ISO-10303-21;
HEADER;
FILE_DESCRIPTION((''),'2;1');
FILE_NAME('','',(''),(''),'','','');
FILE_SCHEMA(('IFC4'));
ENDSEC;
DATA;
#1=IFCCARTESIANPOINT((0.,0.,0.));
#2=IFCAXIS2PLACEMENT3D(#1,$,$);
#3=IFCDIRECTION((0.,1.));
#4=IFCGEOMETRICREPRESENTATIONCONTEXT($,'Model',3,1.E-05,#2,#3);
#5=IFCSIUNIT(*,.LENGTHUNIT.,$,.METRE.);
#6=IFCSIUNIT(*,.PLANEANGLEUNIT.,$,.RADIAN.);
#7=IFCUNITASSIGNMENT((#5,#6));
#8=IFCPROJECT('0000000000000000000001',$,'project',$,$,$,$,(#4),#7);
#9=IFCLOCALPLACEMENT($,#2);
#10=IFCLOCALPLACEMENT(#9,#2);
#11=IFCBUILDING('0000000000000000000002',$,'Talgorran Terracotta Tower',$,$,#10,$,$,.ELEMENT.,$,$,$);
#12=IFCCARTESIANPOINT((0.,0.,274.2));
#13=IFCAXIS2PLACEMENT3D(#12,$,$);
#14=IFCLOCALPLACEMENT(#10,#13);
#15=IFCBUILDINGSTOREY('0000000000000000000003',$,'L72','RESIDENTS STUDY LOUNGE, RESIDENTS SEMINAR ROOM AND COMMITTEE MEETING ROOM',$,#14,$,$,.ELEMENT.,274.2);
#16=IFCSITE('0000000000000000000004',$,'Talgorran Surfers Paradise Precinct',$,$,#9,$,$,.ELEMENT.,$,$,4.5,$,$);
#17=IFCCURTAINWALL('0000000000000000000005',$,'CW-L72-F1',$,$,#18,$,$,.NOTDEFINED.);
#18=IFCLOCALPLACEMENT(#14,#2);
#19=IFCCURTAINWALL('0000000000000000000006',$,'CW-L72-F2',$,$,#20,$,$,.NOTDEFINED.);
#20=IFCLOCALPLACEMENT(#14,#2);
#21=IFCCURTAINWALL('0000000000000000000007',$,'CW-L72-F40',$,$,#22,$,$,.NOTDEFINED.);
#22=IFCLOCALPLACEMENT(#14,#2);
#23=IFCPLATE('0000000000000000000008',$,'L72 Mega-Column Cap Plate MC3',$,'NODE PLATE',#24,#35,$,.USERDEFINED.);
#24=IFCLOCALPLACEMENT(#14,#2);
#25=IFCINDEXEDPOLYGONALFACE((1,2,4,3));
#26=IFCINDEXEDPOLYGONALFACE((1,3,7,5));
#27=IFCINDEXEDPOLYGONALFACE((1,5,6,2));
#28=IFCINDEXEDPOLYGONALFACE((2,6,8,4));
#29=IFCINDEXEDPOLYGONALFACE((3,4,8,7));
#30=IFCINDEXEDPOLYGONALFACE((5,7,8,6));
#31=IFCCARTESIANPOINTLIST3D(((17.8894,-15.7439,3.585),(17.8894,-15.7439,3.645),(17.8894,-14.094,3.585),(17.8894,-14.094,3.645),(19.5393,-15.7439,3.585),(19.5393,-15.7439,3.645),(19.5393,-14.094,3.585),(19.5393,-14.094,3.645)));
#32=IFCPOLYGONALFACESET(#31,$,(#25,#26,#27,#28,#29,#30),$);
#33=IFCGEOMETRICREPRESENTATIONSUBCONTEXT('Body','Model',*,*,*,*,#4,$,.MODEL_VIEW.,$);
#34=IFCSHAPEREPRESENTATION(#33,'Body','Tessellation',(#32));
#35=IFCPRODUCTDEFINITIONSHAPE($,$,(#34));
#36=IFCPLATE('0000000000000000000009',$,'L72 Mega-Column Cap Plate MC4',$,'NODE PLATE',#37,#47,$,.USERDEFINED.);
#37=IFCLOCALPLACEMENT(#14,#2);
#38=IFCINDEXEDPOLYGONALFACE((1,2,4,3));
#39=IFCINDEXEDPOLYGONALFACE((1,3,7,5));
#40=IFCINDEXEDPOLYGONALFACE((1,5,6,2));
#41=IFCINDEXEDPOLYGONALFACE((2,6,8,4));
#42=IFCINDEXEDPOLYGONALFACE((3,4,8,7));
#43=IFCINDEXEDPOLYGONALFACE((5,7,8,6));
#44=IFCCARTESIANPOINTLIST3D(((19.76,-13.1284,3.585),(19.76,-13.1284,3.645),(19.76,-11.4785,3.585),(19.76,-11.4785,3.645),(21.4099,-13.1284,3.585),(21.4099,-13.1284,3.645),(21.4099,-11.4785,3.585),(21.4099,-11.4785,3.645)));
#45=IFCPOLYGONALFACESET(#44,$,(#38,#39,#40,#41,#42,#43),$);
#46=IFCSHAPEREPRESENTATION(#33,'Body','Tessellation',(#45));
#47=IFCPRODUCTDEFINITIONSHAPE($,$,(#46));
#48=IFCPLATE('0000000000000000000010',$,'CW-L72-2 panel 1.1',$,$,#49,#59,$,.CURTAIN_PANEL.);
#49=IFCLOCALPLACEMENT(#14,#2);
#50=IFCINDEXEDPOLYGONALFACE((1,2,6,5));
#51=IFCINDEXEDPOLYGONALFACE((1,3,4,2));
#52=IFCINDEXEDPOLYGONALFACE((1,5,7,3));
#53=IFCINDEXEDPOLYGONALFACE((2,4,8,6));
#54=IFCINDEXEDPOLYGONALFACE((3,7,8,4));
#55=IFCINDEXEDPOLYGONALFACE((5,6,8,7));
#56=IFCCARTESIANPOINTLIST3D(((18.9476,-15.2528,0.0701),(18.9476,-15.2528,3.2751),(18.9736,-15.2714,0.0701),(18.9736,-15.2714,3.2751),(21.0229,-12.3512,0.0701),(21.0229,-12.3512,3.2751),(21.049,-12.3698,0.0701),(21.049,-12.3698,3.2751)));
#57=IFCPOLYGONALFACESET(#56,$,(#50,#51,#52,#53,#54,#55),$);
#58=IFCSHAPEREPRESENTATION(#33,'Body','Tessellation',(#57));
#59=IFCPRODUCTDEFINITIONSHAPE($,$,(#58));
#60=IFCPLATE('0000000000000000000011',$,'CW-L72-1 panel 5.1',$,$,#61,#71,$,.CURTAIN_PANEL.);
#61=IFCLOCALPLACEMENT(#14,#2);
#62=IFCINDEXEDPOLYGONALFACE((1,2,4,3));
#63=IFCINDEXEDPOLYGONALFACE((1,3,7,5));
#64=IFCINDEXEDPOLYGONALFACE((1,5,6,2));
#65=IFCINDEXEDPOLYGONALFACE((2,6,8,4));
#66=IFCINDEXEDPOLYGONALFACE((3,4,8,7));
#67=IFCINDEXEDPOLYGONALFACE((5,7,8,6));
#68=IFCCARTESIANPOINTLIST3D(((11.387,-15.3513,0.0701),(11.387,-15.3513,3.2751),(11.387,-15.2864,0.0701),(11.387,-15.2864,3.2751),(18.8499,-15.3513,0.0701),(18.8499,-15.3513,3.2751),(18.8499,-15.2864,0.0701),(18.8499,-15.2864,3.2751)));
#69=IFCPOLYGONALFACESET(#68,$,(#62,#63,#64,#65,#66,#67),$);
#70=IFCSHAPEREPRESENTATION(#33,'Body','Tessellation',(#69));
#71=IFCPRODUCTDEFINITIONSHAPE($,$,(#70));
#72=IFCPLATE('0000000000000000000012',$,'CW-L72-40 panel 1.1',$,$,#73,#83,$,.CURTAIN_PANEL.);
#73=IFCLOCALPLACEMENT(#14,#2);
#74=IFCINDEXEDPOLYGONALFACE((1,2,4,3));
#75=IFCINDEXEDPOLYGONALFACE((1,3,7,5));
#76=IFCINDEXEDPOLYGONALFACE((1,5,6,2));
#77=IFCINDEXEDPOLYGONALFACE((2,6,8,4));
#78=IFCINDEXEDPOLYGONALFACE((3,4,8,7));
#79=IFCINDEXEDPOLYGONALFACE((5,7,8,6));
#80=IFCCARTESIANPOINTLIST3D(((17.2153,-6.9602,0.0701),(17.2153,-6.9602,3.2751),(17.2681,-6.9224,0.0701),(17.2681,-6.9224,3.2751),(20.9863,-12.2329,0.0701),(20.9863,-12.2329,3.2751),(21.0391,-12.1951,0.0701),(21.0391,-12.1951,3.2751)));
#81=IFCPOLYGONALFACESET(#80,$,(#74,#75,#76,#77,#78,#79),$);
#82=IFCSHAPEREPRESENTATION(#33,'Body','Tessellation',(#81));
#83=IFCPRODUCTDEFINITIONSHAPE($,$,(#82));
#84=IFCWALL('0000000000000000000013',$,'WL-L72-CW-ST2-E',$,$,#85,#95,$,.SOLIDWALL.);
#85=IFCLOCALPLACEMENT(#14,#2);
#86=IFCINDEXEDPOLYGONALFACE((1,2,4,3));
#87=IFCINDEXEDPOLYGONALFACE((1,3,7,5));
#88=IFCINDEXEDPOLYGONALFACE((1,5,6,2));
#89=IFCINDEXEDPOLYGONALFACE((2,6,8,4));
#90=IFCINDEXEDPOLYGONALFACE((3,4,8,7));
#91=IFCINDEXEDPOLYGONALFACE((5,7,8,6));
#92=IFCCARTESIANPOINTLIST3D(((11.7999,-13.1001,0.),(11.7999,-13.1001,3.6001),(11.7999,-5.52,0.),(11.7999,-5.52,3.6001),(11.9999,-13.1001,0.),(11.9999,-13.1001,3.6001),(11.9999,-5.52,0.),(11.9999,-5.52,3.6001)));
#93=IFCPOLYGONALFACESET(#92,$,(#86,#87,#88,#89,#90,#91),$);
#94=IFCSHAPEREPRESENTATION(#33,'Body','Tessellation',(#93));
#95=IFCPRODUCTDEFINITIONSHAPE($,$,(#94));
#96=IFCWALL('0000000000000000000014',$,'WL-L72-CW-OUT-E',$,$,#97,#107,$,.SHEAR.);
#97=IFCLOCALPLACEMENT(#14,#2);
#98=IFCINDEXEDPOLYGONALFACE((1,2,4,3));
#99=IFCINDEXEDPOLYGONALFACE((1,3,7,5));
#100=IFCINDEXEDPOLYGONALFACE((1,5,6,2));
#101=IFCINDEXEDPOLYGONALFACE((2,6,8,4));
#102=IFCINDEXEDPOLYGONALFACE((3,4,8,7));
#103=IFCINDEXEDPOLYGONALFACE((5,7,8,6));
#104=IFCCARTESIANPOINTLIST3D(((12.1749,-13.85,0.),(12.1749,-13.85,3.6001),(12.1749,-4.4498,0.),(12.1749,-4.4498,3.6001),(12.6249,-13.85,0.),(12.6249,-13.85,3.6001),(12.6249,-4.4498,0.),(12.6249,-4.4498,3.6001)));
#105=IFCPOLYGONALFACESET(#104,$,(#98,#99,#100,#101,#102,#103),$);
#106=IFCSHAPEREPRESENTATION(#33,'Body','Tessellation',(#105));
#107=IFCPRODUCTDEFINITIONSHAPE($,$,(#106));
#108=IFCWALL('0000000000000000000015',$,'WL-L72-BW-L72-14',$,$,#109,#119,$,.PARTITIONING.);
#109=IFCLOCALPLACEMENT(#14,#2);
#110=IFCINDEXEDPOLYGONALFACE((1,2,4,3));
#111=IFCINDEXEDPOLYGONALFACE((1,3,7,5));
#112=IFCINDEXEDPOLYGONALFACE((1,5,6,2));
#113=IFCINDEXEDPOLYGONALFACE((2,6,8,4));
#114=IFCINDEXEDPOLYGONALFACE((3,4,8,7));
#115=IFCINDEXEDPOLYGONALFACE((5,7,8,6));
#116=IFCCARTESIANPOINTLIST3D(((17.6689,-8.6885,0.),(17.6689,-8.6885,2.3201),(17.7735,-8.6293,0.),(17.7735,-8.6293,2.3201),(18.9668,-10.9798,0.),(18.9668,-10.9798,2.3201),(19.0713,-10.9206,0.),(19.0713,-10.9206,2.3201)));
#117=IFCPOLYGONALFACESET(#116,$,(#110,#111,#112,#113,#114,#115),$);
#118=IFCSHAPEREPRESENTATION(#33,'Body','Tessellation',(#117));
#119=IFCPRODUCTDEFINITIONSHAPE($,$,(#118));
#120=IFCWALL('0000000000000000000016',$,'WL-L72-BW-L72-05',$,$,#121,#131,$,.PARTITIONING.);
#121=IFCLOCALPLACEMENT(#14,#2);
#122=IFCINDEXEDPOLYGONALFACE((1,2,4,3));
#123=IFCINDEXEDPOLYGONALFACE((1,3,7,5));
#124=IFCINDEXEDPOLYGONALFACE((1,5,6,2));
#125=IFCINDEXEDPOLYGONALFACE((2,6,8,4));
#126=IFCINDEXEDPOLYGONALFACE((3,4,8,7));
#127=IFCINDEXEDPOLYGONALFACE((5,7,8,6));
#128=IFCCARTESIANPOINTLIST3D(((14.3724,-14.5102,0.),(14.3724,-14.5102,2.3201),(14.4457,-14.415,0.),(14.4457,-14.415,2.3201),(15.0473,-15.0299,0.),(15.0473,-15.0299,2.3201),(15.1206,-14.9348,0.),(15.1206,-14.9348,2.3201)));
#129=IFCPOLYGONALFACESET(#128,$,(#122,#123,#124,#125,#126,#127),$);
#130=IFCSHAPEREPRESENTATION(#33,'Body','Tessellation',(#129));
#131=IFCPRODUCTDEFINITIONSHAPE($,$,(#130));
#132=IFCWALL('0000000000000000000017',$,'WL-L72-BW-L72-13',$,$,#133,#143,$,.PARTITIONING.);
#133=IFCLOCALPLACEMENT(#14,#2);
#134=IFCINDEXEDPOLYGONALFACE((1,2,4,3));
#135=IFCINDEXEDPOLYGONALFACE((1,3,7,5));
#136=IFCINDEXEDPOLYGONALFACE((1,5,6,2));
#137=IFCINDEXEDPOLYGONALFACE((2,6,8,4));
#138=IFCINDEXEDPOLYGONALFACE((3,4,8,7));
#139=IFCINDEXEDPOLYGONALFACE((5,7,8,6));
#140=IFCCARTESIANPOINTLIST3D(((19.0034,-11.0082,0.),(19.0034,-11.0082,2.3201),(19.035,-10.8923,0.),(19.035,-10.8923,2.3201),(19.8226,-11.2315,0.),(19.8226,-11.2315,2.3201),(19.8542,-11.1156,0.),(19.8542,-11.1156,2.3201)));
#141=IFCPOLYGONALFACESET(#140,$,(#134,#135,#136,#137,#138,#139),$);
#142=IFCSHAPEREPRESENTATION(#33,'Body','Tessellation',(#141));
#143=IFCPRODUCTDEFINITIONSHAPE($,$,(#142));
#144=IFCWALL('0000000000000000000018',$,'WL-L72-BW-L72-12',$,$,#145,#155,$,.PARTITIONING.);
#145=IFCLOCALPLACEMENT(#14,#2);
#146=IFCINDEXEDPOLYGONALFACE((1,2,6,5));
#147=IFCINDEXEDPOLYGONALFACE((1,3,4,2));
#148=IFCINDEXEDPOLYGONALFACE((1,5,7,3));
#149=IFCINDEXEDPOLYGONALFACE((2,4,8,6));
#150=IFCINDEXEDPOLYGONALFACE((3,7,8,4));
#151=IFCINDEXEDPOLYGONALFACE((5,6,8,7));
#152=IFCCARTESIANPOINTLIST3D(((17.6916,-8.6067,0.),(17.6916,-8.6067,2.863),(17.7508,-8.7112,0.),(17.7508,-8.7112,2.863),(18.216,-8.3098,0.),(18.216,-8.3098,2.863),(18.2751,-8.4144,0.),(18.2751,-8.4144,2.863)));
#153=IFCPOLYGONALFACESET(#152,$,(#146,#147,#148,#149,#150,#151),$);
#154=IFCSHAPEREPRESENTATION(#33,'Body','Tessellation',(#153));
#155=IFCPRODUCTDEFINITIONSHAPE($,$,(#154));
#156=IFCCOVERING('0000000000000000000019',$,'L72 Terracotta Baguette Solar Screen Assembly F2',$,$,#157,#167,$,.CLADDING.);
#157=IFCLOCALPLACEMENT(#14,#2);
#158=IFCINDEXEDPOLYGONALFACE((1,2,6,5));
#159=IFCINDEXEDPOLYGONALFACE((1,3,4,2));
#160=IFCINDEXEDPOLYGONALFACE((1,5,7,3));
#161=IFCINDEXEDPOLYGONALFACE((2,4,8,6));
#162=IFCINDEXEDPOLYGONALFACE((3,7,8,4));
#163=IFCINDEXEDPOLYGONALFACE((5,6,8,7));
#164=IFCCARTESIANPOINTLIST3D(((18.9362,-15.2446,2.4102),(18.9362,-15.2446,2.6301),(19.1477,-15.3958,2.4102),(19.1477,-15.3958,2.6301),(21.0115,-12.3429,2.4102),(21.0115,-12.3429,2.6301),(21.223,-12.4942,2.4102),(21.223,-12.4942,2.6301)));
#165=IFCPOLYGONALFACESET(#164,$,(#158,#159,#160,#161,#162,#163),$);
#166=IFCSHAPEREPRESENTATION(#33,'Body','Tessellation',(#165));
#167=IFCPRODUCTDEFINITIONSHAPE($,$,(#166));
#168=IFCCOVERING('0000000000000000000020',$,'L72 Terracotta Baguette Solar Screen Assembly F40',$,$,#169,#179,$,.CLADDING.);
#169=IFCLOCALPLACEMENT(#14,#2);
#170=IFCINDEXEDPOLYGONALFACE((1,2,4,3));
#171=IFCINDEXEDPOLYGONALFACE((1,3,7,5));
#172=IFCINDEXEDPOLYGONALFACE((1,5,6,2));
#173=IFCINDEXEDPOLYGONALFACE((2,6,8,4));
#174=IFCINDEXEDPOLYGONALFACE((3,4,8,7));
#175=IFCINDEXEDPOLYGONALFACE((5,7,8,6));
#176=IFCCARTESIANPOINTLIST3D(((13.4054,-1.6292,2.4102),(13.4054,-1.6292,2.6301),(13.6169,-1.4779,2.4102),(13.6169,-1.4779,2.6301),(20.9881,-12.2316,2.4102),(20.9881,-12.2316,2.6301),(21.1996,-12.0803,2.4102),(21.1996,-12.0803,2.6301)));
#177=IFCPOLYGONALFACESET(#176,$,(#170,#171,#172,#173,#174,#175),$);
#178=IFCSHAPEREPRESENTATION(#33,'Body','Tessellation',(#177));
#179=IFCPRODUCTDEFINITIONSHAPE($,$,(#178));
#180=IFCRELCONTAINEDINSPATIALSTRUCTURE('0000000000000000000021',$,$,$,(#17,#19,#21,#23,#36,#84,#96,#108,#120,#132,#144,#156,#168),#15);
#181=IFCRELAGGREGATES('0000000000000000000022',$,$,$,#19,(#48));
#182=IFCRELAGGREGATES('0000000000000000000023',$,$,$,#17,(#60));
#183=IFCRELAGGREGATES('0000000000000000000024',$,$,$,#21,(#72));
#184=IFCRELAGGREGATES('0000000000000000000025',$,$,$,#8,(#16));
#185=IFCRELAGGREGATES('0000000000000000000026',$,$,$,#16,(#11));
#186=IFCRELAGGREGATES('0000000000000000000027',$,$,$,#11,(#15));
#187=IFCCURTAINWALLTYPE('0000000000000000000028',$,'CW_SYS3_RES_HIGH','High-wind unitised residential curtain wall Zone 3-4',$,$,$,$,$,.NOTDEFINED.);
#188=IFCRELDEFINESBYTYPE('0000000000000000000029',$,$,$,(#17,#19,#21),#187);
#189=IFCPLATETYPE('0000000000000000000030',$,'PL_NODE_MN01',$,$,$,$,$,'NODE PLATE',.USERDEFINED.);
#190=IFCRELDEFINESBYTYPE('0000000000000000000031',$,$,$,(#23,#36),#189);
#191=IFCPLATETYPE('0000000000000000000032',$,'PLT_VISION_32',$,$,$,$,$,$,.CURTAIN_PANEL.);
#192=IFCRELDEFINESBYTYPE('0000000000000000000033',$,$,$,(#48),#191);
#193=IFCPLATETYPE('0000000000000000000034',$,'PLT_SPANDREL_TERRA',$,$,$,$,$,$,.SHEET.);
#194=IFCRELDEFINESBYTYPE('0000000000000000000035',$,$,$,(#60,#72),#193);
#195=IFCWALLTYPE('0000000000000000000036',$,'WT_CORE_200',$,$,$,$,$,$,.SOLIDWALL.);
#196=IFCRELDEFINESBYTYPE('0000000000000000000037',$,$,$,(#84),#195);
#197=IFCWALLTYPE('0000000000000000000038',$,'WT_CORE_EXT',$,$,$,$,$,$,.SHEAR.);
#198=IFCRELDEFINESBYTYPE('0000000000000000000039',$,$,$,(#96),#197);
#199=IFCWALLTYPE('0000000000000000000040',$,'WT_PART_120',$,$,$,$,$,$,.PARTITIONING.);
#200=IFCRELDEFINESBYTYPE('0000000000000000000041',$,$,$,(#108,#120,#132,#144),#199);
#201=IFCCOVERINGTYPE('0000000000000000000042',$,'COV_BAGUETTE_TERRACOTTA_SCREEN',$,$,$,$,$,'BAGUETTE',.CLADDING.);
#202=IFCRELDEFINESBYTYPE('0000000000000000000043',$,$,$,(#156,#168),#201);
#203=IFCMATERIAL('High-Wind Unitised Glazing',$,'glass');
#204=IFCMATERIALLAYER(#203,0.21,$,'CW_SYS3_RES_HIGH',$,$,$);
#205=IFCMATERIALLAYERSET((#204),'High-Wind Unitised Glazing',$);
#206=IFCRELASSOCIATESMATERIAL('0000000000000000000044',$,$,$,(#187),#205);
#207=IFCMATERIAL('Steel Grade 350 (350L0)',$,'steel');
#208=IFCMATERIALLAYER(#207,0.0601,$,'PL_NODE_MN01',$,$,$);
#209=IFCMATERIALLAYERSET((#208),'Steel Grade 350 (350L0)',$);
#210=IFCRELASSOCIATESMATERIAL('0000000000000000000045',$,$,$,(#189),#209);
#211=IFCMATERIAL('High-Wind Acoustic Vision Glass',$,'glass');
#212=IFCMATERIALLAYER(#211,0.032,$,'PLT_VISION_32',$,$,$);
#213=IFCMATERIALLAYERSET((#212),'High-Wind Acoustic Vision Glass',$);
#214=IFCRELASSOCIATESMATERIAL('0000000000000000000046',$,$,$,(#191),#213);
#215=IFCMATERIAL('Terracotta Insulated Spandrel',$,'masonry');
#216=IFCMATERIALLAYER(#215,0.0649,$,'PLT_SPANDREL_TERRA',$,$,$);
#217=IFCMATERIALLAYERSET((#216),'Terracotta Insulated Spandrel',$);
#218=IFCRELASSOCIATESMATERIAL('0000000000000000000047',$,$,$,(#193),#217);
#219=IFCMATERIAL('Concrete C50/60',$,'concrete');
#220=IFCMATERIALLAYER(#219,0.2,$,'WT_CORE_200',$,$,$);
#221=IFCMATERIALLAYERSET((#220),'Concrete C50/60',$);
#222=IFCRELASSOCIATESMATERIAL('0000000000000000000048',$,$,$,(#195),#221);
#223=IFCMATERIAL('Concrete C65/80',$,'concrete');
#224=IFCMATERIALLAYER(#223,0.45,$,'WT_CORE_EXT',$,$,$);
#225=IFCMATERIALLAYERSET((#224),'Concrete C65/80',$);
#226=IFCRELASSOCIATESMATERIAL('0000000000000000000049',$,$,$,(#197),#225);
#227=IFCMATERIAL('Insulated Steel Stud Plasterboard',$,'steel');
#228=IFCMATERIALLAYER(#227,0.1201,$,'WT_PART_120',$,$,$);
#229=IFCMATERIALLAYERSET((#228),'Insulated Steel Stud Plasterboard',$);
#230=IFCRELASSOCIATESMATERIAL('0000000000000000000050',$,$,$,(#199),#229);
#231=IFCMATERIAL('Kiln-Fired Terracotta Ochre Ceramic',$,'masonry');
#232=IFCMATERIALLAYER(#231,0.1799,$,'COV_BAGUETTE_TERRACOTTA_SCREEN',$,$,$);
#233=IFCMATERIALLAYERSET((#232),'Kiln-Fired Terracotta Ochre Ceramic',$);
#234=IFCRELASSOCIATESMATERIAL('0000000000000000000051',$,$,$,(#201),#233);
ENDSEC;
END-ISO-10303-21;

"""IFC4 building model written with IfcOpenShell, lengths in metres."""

from ifc_helpers import new_model, si_unit, direction, frame, frame_2d, origin, origin_2d, place, context, subcontext, project, spatial, rectangle, extrude, source, transform, mapped, material, layer, layer_set, type_object, type_shapes, element, aggregate, save


model = new_model("IFC4")

# Units and contexts
model_context = context("Model", 3, precision=1e-05, world=origin(), true_north=direction((0.0, 1.0)))
body_context = subcontext(model_context, "Body", "Model", "MODEL_VIEW")
ifc_project = project(units=[si_unit("LENGTHUNIT", "METRE"), si_unit("PLANEANGLEUNIT", "RADIAN")], contexts=[model_context])

# Site, building, storey
site_placement = place(None, origin())
site = spatial("IfcSite", under=ifc_project, at=site_placement, Name="Talgorran Surfers Paradise Precinct", CompositionType="ELEMENT", RefElevation=4.5)
building_placement = place(site_placement, origin())
building = spatial("IfcBuilding", under=site, at=building_placement, Name="Talgorran Terracotta Tower", CompositionType="ELEMENT")
storey_placement = place(building_placement, frame((0.0, 0.0, 274.2)))
storey = spatial("IfcBuildingStorey", under=building, at=storey_placement, Name="L72", Description="RESIDENTS STUDY LOUNGE, RESIDENTS SEMINAR ROOM AND COMMITTEE MEETING ROOM", CompositionType="ELEMENT", Elevation=274.2)

# Shared definitions
ifc_material_1 = material(Name="Steel Grade 350 (350L0)", Category="steel")

# Curtain wall
ifc_material_2 = material(Name="High-Wind Unitised Glazing", Category="glass")
ifc_layer_1 = layer(ifc_material_2, 0.21, Name="CW_SYS3_RES_HIGH")
ifc_layer_set_1 = layer_set([ifc_layer_1], Name="High-Wind Unitised Glazing")
curtain_wall_type = type_object("IfcCurtainWallType", Name="CW_SYS3_RES_HIGH", Description="High-wind unitised residential curtain wall Zone 3-4", PredefinedType="NOTDEFINED", material=ifc_layer_set_1)
curtain_wall_1_placement = place(storey_placement, origin())
curtain_wall_1 = element("IfcCurtainWall", 1, at=curtain_wall_1_placement, inside=storey, type_object=curtain_wall_type, Name="CW-L72-F1", PredefinedType="NOTDEFINED")

# Curtain walls
curtain_wall_2_placement = place(storey_placement, origin())
curtain_wall_2 = element("IfcCurtainWall", 2, at=curtain_wall_2_placement, inside=storey, type_object=curtain_wall_type, Name="CW-L72-F2", PredefinedType="NOTDEFINED")
curtain_wall_3_placement = place(storey_placement, origin())
curtain_wall_3 = element("IfcCurtainWall", 3, at=curtain_wall_3_placement, inside=storey, type_object=curtain_wall_type, Name="CW-L72-F40", PredefinedType="NOTDEFINED")

# Plates
ifc_layer_2 = layer(ifc_material_1, 0.0601, Name="PL_NODE_MN01")
ifc_layer_set_2 = layer_set([ifc_layer_2], Name="Steel Grade 350 (350L0)")
plate_type_1 = type_object("IfcPlateType", Name="PL_NODE_MN01", ElementType="NODE PLATE", PredefinedType="USERDEFINED", material=ifc_layer_set_2)
for number, where, z_axis, x_axis, name in (
    (4, (18.7144, -14.9189, 3.585), (0.0, 0.0, 1.0), (1.0, 0.0, 0.0), "L72 Mega-Column Cap Plate MC3"),
    (5, (20.585, -12.3035, 3.585), (0.0, 0.0, 1.0), (1.0, 0.0, 0.0), "L72 Mega-Column Cap Plate MC4"),
):
    element("IfcPlate", number, at=place(storey_placement, frame(where, z_axis=z_axis, x_axis=x_axis)), inside=storey, type_object=plate_type_1, Name=name, ObjectType="NODE PLATE", PredefinedType="USERDEFINED", context=body_context, shape_type="SweptSolid", body=[
        extrude(rectangle(XDim=1.6499, YDim=1.6499, at=origin_2d()), origin(), (0.0, 0.0, 1.0), 0.0601),
    ])

# Plates
ifc_material_3 = material(Name="High-Wind Acoustic Vision Glass", Category="glass")
ifc_layer_3 = layer(ifc_material_3, 0.032, Name="PLT_VISION_32")
ifc_layer_set_3 = layer_set([ifc_layer_3], Name="High-Wind Acoustic Vision Glass")
plate_type_2 = type_object("IfcPlateType", Name="PLT_VISION_32", PredefinedType="CURTAIN_PANEL", material=ifc_layer_set_3)
shared_shape_1 = source(origin(), body_context, "Body", "SweptSolid", [
    extrude(rectangle(XDim=3.5674, YDim=0.032, at=origin_2d()), origin(), (0.0, 0.0, 1.0), 3.2051),
])
type_shapes(plate_type_2, [shared_shape_1])
plate_1_placement = place(storey_placement, frame((19.9983, -13.8113, 0.0701), z_axis=(0.0, 0.0, 1.0), x_axis=(0.581746, 0.813371, 0.0)))
plate_1 = element("IfcPlate", 6, at=plate_1_placement, type_object=plate_type_2, Name="CW-L72-2 panel 1.1", PredefinedType="CURTAIN_PANEL", context=body_context, shape_type="MappedRepresentation", body=[
    mapped(shared_shape_1, transform((0.0, 0.0, 0.0), scale=1.0)),
])
aggregate(curtain_wall_2, [plate_1])
ifc_material_4 = material(Name="Terracotta Insulated Spandrel", Category="masonry")
ifc_layer_4 = layer(ifc_material_4, 0.0649, Name="PLT_SPANDREL_TERRA")
ifc_layer_set_4 = layer_set([ifc_layer_4], Name="Terracotta Insulated Spandrel")
plate_type_3 = type_object("IfcPlateType", Name="PLT_SPANDREL_TERRA", PredefinedType="SHEET", material=ifc_layer_set_4)
shared_shape_2 = source(origin(), body_context, "Body", "SweptSolid", [
    extrude(rectangle(XDim=7.4629, YDim=0.0649, at=origin_2d()), origin(), (0.0, 0.0, 1.0), 3.2051),
])
plate_2_placement = place(storey_placement, frame((15.1184, -15.3188, 0.0701), z_axis=(0.0, 0.0, 1.0), x_axis=(1.0, 0.0, 0.0)))
plate_2 = element("IfcPlate", 7, at=plate_2_placement, type_object=plate_type_3, Name="CW-L72-1 panel 5.1", PredefinedType="CURTAIN_PANEL", context=body_context, shape_type="MappedRepresentation", body=[
    mapped(shared_shape_2, transform((0.0, 0.0, 0.0), scale=1.0)),
])
aggregate(curtain_wall_1, [plate_2])
shared_shape_3 = source(origin(), body_context, "Body", "SweptSolid", [
    extrude(rectangle(XDim=6.4824, YDim=0.0649, at=origin_2d()), origin(), (0.0, 0.0, 1.0), 3.2051),
])
type_shapes(plate_type_3, [shared_shape_2, shared_shape_3])
plate_3_placement = place(storey_placement, frame((19.1272, -9.5776, 0.0701), z_axis=(0.0, 0.0, 1.0), x_axis=(-0.581729, 0.813383, 0.0)))
plate_3 = element("IfcPlate", 8, at=plate_3_placement, type_object=plate_type_3, Name="CW-L72-40 panel 1.1", PredefinedType="CURTAIN_PANEL", context=body_context, shape_type="MappedRepresentation", body=[
    mapped(shared_shape_3, transform((0.0, 0.0, 0.0), scale=1.0)),
])
aggregate(curtain_wall_3, [plate_3])

# Walls
ifc_material_5 = material(Name="Concrete C50/60", Category="concrete")
ifc_layer_5 = layer(ifc_material_5, 0.2, Name="WT_CORE_200")
ifc_layer_set_5 = layer_set([ifc_layer_5], Name="Concrete C50/60")
wall_type_1 = type_object("IfcWallType", Name="WT_CORE_200", PredefinedType="SOLIDWALL", material=ifc_layer_set_5)
wall_1_placement = place(storey_placement, frame((11.8999, -13.1001, 0.0), z_axis=(0.0, 0.0, 1.0), x_axis=(0.0, 1.0, 0.0)))
element("IfcWall", 9, at=wall_1_placement, inside=storey, type_object=wall_type_1, Name="WL-L72-CW-ST2-E", PredefinedType="SOLIDWALL", context=body_context, shape_type="SweptSolid", body=[
    extrude(rectangle(XDim=7.5801, YDim=0.2, at=frame_2d((3.79, 0.0))), origin(), (0.0, 0.0, 1.0), 3.6001),
])
ifc_material_6 = material(Name="Concrete C65/80", Category="concrete")
ifc_layer_6 = layer(ifc_material_6, 0.45, Name="WT_CORE_EXT")
ifc_layer_set_6 = layer_set([ifc_layer_6], Name="Concrete C65/80")
wall_type_2 = type_object("IfcWallType", Name="WT_CORE_EXT", PredefinedType="SHEAR", material=ifc_layer_set_6)
wall_2_placement = place(storey_placement, frame((12.3999, -13.8501, 0.0), z_axis=(0.0, 0.0, 1.0), x_axis=(0.0, 1.0, 0.0)))
element("IfcWall", 10, at=wall_2_placement, inside=storey, type_object=wall_type_2, Name="WL-L72-CW-OUT-E", PredefinedType="SHEAR", context=body_context, shape_type="SweptSolid", body=[
    extrude(rectangle(XDim=9.4001, YDim=0.45, at=frame_2d((4.7002, 0.0))), origin(), (0.0, 0.0, 1.0), 3.6001),
])
ifc_material_7 = material(Name="Insulated Steel Stud Plasterboard", Category="steel")
ifc_layer_7 = layer(ifc_material_7, 0.1201, Name="WT_PART_120")
ifc_layer_set_7 = layer_set([ifc_layer_7], Name="Insulated Steel Stud Plasterboard")
wall_type_3 = type_object("IfcWallType", Name="WT_PART_120", PredefinedType="PARTITIONING", material=ifc_layer_set_7)
wall_3_placement = place(storey_placement, frame((19.019, -10.9502, 0.0), z_axis=(0.0, 0.0, 1.0), x_axis=(-0.492861, 0.870108, 0.0)))
element("IfcWall", 11, at=wall_3_placement, inside=storey, type_object=wall_type_3, Name="WL-L72-BW-L72-14", PredefinedType="PARTITIONING", context=body_context, shape_type="SweptSolid", body=[
    extrude(rectangle(XDim=2.6333, YDim=0.1201, at=frame_2d((1.3167, 0.0))), origin(), (0.0, 0.0, 1.0), 2.3201),
])
wall_4_placement = place(storey_placement, frame((14.4092, -14.4626, 0.0), z_axis=(0.0, 0.0, 1.0), x_axis=(0.79223, -0.610223, 0.0)))
element("IfcWall", 12, at=wall_4_placement, inside=storey, type_object=wall_type_3, Name="WL-L72-BW-L72-05", PredefinedType="PARTITIONING", context=body_context, shape_type="SweptSolid", body=[
    extrude(rectangle(XDim=0.8518, YDim=0.1201, at=frame_2d((0.4258, 0.0))), origin(), (0.0, 0.0, 1.0), 2.3201),
])
wall_5_placement = place(storey_placement, frame((19.8384, -11.1736, 0.0), z_axis=(0.0, 0.0, 1.0), x_axis=(-0.964784, 0.263044, 0.0)))
element("IfcWall", 13, at=wall_5_placement, inside=storey, type_object=wall_type_3, Name="WL-L72-BW-L72-13", PredefinedType="PARTITIONING", context=body_context, shape_type="SweptSolid", body=[
    extrude(rectangle(XDim=0.8491, YDim=0.1201, at=frame_2d((0.4246, 0.0))), origin(), (0.0, 0.0, 1.0), 2.3201),
])
wall_6_placement = place(storey_placement, frame((17.7212, -8.6589, 0.0), z_axis=(0.0, 0.0, 1.0), x_axis=(0.870231, 0.492645, 0.0)))
element("IfcWall", 14, at=wall_6_placement, inside=storey, type_object=wall_type_3, Name="WL-L72-BW-L72-12", PredefinedType="PARTITIONING", context=body_context, shape_type="SweptSolid", body=[
    extrude(rectangle(XDim=0.6025, YDim=0.1201, at=frame_2d((0.3013, 0.0))), origin(), (0.0, 0.0, 1.0), 2.863),
])

# Coverings
ifc_material_8 = material(Name="Kiln-Fired Terracotta Ochre Ceramic", Category="masonry")
ifc_layer_8 = layer(ifc_material_8, 0.1799, Name="COV_BAGUETTE_TERRACOTTA_SCREEN")
ifc_layer_set_8 = layer_set([ifc_layer_8], Name="Kiln-Fired Terracotta Ochre Ceramic")
covering_type_1 = type_object("IfcCoveringType", Name="COV_BAGUETTE_TERRACOTTA_SCREEN", ElementType="BAGUETTE", PredefinedType="CLADDING", material=ifc_layer_set_8)
covering_1_placement = place(storey_placement, frame((20.0796, -13.8694, 2.4102), z_axis=(0.0, 0.0, 1.0), x_axis=(0.58174, 0.813375, 0.0)))
element("IfcCovering", 15, at=covering_1_placement, inside=storey, type_object=covering_type_1, Name="L72 Terracotta Baguette Solar Screen Assembly F2", PredefinedType="CLADDING", context=body_context, shape_type="SweptSolid", body=[
    extrude(rectangle(XDim=3.5674, YDim=0.26, at=origin_2d()), origin(), (0.0, 0.0, 1.0), 0.22),
])
covering_2_placement = place(storey_placement, frame((17.3025, -6.8547, 2.4102), z_axis=(0.0, 0.0, 1.0), x_axis=(-0.581726, 0.813385, 0.0)))
element("IfcCovering", 16, at=covering_2_placement, inside=storey, type_object=covering_type_1, Name="L72 Terracotta Baguette Solar Screen Assembly F40", PredefinedType="CLADDING", context=body_context, shape_type="SweptSolid", body=[
    extrude(rectangle(XDim=13.0349, YDim=0.26, at=origin_2d()), origin(), (0.0, 0.0, 1.0), 0.22),
])

save(model, "model.ifc")
